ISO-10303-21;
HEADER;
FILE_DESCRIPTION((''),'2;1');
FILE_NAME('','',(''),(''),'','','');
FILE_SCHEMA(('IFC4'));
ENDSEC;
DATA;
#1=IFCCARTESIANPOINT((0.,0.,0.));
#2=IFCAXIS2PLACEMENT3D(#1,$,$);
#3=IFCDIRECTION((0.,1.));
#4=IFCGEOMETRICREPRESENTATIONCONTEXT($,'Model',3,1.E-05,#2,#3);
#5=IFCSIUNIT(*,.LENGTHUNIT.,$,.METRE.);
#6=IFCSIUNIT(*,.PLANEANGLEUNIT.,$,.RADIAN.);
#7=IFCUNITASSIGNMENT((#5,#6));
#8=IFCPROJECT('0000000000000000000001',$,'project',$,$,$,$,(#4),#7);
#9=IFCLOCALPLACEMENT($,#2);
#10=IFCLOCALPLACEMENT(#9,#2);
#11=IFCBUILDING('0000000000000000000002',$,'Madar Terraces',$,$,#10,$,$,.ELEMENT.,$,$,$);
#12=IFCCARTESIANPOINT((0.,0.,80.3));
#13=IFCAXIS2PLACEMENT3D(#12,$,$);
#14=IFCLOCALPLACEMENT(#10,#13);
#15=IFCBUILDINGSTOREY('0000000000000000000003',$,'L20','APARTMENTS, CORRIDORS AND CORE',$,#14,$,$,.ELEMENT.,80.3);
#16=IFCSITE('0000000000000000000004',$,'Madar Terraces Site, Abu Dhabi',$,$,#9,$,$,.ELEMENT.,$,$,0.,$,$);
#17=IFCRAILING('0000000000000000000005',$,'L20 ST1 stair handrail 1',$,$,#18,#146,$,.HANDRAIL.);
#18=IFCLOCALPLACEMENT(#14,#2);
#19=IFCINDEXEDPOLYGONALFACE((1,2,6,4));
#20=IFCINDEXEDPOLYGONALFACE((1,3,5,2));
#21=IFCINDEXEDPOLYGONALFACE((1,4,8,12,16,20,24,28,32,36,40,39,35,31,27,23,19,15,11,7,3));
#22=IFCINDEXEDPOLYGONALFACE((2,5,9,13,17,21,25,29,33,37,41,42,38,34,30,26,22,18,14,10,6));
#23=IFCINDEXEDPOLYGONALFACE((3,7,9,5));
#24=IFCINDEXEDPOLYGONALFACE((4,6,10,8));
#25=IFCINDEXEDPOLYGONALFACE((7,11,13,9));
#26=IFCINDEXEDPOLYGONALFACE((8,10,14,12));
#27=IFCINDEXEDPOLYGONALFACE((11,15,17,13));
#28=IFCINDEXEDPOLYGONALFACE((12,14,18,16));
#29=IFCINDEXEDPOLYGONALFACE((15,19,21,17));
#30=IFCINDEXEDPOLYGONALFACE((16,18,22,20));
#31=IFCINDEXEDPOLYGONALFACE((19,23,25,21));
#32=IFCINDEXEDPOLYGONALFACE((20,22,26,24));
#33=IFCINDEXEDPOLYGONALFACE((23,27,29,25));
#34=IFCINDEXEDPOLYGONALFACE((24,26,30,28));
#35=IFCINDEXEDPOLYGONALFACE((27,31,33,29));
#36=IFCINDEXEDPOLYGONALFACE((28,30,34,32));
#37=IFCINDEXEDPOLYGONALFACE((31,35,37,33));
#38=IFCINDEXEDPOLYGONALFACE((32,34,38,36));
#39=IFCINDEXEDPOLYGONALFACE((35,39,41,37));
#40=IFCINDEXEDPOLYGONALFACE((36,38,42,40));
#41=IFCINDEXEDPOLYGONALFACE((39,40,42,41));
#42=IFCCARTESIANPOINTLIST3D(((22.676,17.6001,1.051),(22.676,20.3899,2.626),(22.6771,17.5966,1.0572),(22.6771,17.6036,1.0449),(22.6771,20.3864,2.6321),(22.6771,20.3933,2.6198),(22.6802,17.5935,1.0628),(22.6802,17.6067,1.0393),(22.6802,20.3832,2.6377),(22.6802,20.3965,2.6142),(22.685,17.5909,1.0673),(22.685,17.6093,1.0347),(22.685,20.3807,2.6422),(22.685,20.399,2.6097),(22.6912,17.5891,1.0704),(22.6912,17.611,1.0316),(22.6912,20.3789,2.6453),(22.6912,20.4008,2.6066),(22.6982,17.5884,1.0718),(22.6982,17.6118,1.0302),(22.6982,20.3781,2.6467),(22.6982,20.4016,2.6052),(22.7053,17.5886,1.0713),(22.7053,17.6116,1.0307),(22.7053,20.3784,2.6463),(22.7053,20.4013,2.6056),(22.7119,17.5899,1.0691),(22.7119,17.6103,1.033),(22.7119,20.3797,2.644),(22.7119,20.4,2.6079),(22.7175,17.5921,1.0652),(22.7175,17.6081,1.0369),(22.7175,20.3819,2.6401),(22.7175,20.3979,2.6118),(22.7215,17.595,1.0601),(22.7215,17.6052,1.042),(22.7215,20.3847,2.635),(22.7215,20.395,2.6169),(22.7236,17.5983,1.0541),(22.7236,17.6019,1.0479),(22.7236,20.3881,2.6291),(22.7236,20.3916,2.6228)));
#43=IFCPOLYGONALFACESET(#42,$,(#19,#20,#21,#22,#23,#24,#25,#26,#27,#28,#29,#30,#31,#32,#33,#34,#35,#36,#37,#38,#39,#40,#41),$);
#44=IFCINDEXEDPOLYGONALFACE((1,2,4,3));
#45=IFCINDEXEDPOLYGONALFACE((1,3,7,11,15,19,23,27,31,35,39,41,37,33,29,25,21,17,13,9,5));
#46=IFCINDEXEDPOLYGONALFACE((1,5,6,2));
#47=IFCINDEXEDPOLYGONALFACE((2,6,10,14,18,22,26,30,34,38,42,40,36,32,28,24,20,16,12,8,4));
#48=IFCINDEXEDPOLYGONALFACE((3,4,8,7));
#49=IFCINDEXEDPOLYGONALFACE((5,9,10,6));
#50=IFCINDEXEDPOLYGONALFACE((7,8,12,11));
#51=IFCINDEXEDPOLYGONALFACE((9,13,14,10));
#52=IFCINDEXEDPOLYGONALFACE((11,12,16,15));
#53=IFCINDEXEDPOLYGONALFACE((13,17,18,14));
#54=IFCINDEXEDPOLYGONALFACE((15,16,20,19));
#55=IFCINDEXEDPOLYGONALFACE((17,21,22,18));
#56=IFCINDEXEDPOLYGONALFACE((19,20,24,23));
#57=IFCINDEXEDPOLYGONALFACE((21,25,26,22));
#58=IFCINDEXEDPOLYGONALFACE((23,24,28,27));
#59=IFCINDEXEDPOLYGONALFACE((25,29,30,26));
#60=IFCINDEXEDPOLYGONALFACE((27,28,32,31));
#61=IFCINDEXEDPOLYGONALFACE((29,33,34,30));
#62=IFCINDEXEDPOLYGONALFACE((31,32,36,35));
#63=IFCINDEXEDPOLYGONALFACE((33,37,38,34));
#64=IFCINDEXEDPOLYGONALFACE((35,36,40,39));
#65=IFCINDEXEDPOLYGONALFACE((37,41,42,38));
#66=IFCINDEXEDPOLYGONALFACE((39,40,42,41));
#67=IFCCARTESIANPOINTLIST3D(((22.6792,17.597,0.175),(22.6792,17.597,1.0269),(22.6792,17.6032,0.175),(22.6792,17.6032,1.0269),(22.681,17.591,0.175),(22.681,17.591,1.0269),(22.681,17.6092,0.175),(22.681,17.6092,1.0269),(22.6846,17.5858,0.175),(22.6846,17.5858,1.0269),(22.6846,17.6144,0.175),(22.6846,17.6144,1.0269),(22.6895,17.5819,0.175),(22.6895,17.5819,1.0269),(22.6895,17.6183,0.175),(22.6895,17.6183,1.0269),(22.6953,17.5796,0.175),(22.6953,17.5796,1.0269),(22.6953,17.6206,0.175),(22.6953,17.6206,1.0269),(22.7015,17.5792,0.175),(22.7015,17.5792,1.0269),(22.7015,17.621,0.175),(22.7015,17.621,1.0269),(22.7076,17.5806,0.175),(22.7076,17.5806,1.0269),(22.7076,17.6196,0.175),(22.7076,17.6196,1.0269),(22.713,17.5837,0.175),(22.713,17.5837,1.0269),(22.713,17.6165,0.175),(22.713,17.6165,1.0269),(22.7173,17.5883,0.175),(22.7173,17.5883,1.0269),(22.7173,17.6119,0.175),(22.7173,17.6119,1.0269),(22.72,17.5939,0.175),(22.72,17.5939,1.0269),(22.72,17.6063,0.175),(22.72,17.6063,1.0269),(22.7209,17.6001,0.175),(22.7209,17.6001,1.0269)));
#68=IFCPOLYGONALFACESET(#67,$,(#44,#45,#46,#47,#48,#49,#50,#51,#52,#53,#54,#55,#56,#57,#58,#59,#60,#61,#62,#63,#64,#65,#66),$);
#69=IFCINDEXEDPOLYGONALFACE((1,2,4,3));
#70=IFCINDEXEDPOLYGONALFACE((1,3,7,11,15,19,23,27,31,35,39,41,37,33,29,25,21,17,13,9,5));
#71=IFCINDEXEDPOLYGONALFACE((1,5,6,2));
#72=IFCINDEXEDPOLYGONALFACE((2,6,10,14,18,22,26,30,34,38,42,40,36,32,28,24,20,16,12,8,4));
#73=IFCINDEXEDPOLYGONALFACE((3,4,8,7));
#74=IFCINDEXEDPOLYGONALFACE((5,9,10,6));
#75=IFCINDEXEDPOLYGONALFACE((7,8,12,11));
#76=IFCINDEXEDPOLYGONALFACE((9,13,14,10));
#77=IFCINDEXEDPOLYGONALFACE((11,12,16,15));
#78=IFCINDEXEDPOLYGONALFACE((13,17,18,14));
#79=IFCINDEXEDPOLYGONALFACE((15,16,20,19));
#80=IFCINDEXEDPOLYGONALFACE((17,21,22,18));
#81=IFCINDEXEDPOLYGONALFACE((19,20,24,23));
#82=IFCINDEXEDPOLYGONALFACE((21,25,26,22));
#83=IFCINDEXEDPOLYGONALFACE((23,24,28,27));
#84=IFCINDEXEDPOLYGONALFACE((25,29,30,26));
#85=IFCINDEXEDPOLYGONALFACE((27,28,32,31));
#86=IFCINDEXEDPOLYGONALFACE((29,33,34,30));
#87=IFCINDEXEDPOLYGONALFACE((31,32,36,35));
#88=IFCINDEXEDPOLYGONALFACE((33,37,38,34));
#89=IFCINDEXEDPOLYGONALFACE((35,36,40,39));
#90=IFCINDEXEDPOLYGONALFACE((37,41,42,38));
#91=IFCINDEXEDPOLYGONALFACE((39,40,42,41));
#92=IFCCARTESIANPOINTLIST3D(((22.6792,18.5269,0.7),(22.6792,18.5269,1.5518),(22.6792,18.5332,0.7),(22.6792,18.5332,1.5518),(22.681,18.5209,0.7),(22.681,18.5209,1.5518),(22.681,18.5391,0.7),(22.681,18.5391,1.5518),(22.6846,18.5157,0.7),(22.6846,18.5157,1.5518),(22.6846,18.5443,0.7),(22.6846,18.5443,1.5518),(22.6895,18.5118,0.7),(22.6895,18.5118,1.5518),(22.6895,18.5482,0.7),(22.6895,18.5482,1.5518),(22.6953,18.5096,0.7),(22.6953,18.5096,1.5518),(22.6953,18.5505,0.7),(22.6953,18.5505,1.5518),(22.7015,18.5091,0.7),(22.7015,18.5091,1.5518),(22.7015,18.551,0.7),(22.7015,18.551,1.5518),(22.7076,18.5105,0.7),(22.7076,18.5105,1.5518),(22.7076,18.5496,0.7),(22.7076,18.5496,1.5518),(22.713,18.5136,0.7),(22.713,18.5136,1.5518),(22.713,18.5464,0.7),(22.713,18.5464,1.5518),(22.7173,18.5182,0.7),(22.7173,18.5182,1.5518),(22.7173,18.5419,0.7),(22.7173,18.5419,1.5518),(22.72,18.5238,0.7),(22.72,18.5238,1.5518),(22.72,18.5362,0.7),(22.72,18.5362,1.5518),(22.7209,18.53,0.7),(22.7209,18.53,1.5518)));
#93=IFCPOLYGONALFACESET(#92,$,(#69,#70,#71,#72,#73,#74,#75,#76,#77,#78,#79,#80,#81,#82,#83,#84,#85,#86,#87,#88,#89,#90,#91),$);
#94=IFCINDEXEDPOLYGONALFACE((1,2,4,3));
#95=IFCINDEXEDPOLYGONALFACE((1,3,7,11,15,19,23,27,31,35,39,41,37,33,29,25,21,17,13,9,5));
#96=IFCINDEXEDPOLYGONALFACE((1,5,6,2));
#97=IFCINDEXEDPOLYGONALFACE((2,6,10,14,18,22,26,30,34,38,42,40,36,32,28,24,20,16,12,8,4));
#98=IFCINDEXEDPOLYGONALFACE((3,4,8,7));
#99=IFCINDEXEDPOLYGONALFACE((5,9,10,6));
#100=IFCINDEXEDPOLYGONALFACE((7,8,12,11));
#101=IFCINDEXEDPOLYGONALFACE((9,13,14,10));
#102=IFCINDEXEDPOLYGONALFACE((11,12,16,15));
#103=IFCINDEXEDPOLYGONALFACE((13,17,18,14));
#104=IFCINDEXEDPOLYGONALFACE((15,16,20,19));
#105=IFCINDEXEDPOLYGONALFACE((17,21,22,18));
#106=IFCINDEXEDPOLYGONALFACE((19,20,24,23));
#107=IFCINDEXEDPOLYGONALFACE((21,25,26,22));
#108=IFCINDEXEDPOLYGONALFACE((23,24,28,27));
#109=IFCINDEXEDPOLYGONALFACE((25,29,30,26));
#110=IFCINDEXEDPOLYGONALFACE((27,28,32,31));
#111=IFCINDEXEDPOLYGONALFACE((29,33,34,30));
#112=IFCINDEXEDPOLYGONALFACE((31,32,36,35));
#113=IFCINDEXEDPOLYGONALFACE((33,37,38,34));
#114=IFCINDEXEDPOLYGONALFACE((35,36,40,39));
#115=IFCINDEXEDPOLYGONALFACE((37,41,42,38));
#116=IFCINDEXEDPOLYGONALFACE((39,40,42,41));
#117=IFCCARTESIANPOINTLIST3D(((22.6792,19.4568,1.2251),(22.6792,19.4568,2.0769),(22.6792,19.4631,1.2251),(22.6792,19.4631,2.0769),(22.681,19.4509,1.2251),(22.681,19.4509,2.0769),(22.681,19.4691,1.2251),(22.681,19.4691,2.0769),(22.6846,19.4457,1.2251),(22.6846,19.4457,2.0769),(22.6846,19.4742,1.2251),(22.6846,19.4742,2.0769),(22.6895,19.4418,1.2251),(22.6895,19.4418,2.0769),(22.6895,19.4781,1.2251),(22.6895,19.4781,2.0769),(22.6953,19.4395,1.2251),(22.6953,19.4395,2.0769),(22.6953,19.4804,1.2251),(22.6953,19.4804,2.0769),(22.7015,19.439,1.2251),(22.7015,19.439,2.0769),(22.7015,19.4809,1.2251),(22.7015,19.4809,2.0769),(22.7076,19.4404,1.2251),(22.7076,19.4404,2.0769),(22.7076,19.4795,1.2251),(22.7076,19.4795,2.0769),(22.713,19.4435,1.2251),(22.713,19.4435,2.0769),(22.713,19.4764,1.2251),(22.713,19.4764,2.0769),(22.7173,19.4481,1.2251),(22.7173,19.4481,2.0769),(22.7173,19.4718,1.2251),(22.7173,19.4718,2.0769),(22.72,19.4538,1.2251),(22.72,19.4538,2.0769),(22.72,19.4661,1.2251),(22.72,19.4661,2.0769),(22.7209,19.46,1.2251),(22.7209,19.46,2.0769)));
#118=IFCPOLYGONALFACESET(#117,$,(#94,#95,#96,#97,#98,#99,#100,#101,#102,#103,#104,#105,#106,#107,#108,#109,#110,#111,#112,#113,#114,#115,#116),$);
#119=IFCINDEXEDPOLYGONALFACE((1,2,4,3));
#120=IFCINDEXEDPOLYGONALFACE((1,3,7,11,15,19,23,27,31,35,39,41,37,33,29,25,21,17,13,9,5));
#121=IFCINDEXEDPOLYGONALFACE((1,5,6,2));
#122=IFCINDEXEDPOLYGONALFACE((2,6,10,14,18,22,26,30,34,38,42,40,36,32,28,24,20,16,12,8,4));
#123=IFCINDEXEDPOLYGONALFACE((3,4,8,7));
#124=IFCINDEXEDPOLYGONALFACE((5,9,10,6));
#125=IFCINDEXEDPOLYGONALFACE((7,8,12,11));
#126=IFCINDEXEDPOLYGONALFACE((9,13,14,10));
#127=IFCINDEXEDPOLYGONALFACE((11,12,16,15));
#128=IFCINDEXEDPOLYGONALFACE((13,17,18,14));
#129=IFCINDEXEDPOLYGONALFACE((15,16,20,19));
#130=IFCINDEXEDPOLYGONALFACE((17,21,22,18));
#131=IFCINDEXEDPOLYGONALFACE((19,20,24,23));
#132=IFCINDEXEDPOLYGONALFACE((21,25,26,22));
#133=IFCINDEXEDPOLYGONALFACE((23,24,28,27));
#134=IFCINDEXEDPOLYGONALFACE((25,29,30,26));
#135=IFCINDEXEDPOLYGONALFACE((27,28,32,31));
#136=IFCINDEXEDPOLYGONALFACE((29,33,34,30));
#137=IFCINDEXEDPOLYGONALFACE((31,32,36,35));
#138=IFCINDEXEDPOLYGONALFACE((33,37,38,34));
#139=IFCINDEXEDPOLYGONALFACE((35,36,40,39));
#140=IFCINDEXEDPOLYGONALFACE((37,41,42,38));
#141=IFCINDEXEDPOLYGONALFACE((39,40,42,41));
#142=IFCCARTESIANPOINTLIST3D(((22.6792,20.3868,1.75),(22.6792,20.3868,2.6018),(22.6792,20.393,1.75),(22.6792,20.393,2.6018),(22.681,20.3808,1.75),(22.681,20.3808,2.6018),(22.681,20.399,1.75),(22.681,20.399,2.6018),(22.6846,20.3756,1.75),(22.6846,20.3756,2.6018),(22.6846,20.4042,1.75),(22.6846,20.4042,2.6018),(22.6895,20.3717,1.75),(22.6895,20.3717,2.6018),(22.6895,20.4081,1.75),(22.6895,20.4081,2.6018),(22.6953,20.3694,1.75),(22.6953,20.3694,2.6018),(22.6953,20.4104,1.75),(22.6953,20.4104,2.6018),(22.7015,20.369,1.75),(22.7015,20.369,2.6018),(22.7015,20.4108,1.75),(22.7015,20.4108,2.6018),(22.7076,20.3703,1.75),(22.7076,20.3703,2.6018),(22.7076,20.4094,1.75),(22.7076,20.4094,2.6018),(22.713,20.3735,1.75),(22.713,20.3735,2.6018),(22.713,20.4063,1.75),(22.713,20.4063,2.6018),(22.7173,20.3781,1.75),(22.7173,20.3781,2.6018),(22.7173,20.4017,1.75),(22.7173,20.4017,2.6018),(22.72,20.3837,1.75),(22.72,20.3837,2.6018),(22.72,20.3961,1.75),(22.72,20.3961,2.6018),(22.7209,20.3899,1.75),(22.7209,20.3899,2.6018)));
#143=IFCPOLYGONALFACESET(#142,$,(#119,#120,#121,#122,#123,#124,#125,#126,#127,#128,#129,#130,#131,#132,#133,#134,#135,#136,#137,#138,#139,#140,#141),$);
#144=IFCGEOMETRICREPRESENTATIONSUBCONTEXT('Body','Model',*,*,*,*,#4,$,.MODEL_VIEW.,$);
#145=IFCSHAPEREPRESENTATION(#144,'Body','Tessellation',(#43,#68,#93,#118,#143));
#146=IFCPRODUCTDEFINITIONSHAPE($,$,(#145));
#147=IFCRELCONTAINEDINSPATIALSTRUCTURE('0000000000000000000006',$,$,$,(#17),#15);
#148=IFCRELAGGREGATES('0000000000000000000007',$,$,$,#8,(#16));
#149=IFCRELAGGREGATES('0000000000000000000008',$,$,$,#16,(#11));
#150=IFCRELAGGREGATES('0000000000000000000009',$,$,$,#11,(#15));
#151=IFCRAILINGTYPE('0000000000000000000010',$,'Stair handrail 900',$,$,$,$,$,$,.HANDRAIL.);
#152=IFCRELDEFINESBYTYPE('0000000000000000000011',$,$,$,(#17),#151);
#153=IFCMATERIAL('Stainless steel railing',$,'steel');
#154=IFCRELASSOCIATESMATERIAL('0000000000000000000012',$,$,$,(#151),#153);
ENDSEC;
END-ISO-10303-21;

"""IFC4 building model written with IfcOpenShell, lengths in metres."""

from ifc_helpers import new_model, si_unit, direction, frame, origin, origin_2d, place, context, subcontext, project, spatial, circle, extrude, material, type_object, element, save


model = new_model("IFC4")

# Units and contexts
model_context = context("Model", 3, precision=1e-05, world=origin(), true_north=direction((0.0, 1.0)))
body_context = subcontext(model_context, "Body", "Model", "MODEL_VIEW")
ifc_project = project(units=[si_unit("LENGTHUNIT", "METRE"), si_unit("PLANEANGLEUNIT", "RADIAN")], contexts=[model_context])

# Site, building, storey
site_placement = place(None, origin())
site = spatial("IfcSite", under=ifc_project, at=site_placement, Name="Madar Terraces Site, Abu Dhabi", CompositionType="ELEMENT", RefElevation=0.0)
building_placement = place(site_placement, origin())
building = spatial("IfcBuilding", under=site, at=building_placement, Name="Madar Terraces", CompositionType="ELEMENT")
storey_placement = place(building_placement, frame((0.0, 0.0, 80.3)))
storey = spatial("IfcBuildingStorey", under=building, at=storey_placement, Name="L20", Description="APARTMENTS, CORRIDORS AND CORE", CompositionType="ELEMENT", Elevation=80.3)

# Railing
ifc_material_1 = material(Name="Stainless steel railing", Category="steel")
railing_type_1 = type_object("IfcRailingType", Name="Stair handrail 900", PredefinedType="HANDRAIL", material=ifc_material_1)
railing_1_placement = place(storey_placement, frame((22.7, 17.6001, 0.175)))
element("IfcRailing", 1, at=railing_1_placement, inside=storey, type_object=railing_type_1, Name="L20 ST1 stair handrail 1", PredefinedType="HANDRAIL", context=body_context, shape_type="SweptSolid", body=[
    extrude(circle(Radius=0.0239, at=origin_2d()), frame((0.0, 0.0, 0.876), z_axis=(0.0, 0.870815, 0.49161), x_axis=(-1.0, 0.0, 0.0)), (0.0, 0.0, 1.0), 3.2036),
    extrude(circle(Radius=0.021, at=origin_2d()), origin(), (0.0, 0.0, 1.0), 0.8518),
    extrude(circle(Radius=0.021, at=origin_2d()), frame((0.0, 0.9299, 0.5249)), (0.0, 0.0, 1.0), 0.8518),
    extrude(circle(Radius=0.021, at=origin_2d()), frame((0.0, 1.8599, 1.05)), (0.0, 0.0, 1.0), 0.8518),
    extrude(circle(Radius=0.021, at=origin_2d()), frame((0.0, 2.7898, 1.575)), (0.0, 0.0, 1.0), 0.8518),
])

save(model, "model.ifc")
